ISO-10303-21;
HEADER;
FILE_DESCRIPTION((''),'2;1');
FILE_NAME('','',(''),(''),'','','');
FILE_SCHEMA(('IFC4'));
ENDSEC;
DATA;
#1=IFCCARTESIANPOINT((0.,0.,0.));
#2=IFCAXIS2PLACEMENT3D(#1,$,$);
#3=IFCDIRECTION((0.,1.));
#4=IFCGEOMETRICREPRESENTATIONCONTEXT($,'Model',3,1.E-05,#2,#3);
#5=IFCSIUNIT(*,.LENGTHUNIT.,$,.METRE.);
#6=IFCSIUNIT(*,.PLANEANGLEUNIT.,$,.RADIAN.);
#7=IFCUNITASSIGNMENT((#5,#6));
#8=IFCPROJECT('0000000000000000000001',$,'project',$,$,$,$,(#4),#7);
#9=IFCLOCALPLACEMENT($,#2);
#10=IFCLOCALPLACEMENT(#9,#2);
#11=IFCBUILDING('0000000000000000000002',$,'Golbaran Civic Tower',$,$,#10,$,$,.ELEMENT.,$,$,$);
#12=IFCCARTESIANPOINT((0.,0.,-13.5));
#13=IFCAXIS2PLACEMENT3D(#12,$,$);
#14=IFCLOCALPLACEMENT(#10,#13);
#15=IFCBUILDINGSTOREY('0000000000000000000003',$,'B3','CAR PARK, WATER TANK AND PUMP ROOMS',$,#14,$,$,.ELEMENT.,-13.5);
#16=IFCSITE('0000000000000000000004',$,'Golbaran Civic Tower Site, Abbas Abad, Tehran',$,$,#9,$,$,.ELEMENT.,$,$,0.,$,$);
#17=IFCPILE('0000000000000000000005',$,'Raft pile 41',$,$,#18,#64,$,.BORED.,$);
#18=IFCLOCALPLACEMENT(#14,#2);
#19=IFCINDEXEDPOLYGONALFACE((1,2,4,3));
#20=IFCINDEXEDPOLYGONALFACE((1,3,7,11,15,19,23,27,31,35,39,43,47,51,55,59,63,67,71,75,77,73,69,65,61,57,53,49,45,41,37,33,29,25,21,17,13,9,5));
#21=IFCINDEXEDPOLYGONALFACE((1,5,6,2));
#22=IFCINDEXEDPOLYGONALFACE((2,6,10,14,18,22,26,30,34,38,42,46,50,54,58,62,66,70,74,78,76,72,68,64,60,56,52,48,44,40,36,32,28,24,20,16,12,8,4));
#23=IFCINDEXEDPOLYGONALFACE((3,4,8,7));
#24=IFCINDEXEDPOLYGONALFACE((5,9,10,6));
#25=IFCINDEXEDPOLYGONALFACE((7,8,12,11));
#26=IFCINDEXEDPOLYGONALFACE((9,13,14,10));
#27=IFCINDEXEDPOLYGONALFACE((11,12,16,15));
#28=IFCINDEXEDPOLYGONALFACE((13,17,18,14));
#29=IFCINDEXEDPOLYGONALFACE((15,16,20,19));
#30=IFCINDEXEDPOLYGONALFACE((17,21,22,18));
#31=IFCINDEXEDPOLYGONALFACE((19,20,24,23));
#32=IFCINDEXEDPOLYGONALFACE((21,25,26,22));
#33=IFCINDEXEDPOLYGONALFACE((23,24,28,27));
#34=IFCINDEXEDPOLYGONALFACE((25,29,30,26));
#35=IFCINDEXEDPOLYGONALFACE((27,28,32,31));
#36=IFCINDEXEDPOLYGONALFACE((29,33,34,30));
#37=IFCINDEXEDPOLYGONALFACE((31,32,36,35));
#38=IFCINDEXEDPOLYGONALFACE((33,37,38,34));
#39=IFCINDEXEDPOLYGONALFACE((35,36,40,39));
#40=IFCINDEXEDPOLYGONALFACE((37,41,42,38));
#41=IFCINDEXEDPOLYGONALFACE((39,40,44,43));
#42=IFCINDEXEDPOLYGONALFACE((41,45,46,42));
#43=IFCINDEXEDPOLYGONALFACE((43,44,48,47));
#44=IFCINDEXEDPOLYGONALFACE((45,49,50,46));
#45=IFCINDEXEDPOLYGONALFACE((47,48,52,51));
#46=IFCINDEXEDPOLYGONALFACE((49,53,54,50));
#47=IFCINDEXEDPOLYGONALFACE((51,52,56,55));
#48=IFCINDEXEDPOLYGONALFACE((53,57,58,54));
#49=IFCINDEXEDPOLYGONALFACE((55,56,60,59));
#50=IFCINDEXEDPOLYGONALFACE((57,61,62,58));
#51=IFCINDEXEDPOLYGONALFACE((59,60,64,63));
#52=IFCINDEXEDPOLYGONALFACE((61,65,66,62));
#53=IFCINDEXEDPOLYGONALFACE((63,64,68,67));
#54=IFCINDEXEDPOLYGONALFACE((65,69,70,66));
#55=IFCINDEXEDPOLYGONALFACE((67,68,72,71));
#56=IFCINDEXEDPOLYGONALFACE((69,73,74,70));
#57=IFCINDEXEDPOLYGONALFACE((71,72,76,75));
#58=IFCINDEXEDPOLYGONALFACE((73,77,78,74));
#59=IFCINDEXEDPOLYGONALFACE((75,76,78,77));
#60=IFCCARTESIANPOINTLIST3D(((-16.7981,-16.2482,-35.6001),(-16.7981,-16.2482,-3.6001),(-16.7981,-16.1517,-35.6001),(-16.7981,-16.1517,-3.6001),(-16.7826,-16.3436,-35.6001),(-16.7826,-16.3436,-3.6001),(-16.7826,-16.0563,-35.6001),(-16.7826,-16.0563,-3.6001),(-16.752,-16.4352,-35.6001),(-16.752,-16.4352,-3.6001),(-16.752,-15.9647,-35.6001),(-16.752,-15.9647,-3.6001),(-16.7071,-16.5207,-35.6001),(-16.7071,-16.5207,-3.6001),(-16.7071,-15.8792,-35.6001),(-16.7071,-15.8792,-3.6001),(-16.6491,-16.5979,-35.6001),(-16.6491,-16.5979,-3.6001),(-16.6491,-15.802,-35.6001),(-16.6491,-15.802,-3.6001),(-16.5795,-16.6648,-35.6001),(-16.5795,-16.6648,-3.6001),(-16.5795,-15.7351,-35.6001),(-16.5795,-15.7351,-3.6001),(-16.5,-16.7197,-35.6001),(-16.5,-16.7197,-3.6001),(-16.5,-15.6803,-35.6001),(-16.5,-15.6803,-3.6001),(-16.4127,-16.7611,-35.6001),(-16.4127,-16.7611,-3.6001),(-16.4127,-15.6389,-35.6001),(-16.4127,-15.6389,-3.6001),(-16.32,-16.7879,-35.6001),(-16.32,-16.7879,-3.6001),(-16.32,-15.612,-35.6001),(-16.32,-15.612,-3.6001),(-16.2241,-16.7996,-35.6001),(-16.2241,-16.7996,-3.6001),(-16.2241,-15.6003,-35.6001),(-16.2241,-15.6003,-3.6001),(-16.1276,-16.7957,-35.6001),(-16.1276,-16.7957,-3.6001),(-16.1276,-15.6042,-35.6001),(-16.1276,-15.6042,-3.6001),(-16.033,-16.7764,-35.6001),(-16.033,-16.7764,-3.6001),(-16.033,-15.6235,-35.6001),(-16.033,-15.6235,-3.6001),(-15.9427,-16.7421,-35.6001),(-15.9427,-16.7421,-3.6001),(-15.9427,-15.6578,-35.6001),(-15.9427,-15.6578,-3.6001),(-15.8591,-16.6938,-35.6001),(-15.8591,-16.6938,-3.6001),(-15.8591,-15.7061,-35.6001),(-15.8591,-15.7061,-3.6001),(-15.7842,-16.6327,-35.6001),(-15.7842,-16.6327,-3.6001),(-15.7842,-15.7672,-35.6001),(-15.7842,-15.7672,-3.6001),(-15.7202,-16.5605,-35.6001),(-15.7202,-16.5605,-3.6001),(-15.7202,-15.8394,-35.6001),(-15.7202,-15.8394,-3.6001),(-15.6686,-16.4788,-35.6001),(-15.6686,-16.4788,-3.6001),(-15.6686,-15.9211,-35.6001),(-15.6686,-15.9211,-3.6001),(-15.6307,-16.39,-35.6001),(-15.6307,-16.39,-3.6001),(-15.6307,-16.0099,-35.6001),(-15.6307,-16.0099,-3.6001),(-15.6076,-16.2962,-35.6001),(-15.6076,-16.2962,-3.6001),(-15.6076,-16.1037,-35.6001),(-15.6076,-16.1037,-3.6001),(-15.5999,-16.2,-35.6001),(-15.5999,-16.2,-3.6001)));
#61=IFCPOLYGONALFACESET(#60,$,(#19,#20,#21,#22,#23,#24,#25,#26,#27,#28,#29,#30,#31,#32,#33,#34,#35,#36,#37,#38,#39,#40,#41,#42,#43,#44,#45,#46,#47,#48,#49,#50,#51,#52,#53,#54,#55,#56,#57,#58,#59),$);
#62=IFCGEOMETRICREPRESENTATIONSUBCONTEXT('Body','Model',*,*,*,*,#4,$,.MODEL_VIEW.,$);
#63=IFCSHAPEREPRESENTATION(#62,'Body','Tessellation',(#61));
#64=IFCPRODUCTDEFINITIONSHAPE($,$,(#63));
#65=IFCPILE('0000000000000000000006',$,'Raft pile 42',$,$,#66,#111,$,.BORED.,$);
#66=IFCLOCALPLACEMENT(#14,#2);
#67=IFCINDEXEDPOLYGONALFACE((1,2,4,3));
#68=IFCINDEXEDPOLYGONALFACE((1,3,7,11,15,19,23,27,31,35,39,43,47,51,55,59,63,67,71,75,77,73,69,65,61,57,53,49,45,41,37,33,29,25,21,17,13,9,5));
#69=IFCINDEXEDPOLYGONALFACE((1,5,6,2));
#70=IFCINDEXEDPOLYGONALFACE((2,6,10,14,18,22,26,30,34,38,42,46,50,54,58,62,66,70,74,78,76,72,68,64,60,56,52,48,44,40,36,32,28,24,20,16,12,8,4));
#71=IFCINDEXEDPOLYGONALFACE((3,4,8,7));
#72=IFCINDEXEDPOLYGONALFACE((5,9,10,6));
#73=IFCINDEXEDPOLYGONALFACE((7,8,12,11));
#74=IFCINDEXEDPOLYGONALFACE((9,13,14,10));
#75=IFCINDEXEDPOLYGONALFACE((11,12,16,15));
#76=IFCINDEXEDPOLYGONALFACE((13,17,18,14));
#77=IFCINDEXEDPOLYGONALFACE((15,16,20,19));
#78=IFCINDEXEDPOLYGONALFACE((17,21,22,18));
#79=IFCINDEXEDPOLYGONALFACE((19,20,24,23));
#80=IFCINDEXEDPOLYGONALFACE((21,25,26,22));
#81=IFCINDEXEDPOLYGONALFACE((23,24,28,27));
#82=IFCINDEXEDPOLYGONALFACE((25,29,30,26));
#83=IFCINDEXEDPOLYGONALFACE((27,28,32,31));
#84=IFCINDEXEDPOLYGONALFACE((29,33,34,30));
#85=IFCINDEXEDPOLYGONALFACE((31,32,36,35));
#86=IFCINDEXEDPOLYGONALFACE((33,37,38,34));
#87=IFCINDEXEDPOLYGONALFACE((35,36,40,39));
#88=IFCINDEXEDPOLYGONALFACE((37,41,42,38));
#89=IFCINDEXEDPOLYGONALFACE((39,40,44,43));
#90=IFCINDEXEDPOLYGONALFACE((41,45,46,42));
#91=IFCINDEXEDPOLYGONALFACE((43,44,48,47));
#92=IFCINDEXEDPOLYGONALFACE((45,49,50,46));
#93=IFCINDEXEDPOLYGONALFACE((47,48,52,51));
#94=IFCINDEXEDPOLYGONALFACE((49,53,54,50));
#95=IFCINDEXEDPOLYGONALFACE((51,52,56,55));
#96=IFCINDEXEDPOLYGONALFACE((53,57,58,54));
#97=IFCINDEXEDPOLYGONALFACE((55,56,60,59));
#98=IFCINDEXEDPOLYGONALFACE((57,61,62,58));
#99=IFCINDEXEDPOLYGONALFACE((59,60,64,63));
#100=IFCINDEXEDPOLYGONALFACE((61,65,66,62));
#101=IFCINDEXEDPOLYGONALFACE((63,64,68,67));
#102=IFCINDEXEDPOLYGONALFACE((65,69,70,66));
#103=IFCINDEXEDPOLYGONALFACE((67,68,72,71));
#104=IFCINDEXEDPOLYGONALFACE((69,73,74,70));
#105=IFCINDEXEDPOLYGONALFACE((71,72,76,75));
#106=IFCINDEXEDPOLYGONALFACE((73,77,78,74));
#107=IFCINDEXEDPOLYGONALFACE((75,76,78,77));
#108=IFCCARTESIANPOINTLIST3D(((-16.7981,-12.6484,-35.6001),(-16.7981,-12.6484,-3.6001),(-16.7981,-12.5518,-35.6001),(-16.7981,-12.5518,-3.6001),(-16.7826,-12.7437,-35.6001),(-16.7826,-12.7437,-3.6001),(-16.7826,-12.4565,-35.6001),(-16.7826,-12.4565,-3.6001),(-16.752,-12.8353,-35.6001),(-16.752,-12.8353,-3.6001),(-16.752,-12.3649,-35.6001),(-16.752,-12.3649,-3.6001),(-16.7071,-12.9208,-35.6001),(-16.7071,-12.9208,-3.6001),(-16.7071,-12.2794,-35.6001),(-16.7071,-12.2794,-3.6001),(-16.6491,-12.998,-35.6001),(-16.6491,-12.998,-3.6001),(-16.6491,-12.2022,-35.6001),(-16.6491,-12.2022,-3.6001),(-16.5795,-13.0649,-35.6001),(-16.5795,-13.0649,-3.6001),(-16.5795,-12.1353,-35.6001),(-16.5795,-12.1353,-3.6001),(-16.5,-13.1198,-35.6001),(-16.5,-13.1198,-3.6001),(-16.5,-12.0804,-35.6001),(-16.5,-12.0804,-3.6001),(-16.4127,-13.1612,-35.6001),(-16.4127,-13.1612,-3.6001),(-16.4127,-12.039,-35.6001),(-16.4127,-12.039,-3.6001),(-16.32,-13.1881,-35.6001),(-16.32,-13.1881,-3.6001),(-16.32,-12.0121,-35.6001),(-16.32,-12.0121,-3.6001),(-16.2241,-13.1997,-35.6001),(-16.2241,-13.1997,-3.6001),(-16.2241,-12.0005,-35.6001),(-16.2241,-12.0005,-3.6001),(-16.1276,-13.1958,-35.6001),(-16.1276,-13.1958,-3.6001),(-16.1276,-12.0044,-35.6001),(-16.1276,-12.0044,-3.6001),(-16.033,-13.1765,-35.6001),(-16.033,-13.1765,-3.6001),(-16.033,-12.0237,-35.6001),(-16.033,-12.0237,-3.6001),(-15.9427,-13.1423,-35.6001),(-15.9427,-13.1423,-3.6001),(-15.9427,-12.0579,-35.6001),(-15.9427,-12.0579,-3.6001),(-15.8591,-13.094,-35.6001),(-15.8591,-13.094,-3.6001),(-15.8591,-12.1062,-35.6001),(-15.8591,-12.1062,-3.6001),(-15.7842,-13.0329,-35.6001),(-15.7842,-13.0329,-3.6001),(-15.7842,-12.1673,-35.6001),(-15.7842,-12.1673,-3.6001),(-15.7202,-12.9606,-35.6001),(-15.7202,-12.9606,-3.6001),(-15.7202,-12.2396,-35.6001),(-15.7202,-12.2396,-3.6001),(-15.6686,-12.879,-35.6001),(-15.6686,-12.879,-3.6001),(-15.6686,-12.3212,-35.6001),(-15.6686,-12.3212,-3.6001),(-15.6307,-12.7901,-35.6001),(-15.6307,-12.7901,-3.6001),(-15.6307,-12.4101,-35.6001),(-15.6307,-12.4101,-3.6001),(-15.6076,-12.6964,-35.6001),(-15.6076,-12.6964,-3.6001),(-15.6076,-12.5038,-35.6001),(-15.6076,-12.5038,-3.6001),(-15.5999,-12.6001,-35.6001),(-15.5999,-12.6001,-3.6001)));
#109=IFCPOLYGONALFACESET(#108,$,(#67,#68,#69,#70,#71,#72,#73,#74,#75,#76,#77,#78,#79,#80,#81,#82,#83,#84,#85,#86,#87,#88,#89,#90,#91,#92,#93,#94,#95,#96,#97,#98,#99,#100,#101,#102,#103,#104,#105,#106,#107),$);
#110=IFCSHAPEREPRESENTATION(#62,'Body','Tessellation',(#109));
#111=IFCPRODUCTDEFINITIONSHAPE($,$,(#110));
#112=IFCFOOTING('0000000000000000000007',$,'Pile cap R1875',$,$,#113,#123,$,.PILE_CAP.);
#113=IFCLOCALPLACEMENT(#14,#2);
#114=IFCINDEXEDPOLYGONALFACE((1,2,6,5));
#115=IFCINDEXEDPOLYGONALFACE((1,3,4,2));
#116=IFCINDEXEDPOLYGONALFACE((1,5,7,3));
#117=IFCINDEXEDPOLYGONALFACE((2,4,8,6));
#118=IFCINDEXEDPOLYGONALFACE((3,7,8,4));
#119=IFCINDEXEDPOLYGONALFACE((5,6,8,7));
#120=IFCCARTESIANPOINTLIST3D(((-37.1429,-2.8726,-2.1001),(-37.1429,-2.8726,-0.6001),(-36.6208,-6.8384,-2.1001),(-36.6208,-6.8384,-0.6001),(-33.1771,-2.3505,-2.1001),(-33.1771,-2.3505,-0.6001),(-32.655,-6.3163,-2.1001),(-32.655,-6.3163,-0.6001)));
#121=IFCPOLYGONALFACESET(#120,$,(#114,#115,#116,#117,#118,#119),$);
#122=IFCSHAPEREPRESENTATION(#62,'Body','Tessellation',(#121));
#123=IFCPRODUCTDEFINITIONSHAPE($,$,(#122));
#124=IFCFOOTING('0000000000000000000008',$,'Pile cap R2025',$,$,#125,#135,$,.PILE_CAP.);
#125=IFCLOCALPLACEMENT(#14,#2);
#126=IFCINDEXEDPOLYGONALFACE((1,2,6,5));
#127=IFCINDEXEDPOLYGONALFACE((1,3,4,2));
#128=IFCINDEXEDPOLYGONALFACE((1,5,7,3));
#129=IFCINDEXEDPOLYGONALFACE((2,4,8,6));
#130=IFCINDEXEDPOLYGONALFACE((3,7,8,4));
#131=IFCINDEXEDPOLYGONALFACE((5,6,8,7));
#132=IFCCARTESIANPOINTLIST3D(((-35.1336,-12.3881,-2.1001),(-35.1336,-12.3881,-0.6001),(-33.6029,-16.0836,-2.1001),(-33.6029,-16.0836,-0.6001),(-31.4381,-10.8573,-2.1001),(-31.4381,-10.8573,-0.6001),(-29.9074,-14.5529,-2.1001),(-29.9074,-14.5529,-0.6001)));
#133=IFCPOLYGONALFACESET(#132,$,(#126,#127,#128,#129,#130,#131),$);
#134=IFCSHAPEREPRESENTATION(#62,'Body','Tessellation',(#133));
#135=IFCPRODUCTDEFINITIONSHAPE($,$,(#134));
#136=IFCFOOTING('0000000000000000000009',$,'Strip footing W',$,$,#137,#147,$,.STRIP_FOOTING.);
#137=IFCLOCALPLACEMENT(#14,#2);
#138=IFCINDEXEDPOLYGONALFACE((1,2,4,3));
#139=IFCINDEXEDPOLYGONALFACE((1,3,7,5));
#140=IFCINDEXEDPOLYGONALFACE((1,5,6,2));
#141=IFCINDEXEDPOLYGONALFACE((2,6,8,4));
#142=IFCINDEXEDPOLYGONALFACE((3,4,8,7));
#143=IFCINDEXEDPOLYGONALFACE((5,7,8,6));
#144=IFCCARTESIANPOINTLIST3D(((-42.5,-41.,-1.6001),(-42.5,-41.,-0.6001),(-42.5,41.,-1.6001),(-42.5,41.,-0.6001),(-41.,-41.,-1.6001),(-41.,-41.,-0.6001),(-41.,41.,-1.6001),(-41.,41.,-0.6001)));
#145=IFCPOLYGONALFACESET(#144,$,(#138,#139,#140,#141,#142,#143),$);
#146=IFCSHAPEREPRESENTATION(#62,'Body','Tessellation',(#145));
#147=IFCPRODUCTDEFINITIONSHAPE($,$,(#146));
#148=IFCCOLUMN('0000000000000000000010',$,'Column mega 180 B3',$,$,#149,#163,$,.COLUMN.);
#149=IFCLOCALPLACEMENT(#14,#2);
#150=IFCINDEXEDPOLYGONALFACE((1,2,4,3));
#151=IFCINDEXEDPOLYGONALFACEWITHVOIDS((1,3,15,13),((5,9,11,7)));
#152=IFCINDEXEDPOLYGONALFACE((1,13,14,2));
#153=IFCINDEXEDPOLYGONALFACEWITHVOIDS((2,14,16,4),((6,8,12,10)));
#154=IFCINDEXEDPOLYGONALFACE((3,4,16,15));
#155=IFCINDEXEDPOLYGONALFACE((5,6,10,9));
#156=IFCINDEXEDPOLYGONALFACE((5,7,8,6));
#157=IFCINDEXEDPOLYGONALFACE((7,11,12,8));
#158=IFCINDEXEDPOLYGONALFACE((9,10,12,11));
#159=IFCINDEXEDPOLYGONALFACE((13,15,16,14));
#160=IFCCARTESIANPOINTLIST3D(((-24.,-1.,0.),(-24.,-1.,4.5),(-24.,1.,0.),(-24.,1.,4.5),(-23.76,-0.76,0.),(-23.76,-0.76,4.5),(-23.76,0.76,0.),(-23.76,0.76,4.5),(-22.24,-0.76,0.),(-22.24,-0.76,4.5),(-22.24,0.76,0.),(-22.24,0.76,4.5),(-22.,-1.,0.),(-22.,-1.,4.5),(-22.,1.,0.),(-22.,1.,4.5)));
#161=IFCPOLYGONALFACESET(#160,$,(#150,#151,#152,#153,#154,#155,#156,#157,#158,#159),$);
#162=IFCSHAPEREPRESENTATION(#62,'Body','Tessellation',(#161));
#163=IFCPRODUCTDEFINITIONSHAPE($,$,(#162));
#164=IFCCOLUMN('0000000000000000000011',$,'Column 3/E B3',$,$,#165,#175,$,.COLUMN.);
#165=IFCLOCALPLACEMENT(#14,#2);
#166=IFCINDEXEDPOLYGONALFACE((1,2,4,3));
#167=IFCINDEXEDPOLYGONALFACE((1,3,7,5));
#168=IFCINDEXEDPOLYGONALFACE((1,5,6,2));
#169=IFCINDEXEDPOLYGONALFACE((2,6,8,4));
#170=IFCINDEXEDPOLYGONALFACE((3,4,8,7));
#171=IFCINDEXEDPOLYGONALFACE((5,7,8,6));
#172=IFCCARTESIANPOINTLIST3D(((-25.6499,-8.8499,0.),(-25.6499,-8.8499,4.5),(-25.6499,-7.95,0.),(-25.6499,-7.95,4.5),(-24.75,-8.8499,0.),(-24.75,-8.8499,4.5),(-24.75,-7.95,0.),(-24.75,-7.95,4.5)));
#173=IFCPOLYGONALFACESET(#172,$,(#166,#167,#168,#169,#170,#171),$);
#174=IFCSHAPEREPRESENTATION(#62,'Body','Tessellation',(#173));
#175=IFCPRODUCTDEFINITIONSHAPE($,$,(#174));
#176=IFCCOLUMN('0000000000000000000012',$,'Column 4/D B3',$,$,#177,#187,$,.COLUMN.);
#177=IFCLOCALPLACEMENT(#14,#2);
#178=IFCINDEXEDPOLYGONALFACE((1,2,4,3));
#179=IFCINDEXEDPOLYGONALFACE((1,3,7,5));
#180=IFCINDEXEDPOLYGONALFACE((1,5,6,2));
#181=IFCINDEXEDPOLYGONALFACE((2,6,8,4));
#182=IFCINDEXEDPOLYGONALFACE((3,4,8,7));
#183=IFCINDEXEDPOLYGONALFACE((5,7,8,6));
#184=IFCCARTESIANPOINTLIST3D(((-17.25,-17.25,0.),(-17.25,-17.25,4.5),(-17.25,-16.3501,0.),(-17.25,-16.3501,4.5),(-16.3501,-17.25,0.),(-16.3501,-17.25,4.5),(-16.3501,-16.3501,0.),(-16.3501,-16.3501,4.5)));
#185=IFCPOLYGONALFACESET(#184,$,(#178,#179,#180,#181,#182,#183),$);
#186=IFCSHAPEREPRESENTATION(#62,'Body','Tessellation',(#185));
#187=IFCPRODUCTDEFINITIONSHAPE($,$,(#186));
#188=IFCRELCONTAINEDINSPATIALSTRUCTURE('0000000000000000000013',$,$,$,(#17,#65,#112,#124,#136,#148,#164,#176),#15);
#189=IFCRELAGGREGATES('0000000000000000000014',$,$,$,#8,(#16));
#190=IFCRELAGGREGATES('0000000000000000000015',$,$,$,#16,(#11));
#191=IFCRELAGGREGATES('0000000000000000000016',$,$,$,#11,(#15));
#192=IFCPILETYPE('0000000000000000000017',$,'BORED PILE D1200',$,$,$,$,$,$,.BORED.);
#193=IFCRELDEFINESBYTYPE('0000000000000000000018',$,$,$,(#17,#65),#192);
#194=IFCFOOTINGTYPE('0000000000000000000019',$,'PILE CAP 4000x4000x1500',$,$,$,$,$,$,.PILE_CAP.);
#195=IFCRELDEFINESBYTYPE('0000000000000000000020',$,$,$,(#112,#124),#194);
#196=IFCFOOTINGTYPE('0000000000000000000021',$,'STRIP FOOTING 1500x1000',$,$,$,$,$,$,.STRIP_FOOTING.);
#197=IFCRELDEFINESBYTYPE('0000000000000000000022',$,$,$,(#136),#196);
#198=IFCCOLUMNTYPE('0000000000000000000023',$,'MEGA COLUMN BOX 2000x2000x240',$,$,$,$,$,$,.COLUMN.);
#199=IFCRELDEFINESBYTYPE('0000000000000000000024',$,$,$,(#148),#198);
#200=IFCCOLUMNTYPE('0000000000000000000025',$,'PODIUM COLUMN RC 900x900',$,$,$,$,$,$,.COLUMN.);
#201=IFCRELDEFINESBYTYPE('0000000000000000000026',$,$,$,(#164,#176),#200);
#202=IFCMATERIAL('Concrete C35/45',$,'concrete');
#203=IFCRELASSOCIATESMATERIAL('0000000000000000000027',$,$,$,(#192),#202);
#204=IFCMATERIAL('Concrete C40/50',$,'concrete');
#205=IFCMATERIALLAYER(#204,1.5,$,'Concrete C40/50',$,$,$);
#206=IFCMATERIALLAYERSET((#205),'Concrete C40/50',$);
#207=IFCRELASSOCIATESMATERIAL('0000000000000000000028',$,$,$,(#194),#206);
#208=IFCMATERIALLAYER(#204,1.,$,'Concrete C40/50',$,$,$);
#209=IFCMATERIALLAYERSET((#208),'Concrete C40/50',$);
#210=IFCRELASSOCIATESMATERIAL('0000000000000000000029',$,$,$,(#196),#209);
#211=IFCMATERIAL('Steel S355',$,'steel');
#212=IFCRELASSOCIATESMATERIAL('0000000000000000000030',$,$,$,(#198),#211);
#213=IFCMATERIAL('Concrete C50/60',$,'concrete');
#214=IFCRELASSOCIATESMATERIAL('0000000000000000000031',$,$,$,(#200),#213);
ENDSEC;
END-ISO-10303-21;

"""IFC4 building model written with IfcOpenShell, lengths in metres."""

from ifc_helpers import new_model, si_unit, direction, frame, origin, origin_2d, place, context, subcontext, project, spatial, rectangle, hollow_rectangle, circle, extrude, material, layer, layer_set, material_profile, profile_set, type_object, element, save


model = new_model("IFC4")

# Units and contexts
model_context = context("Model", 3, precision=1e-05, world=origin(), true_north=direction((0.0, 1.0)))
body_context = subcontext(model_context, "Body", "Model", "MODEL_VIEW")
ifc_project = project(units=[si_unit("LENGTHUNIT", "METRE"), si_unit("PLANEANGLEUNIT", "RADIAN")], contexts=[model_context])

# Site, building, storey
site_placement = place(None, origin())
site = spatial("IfcSite", under=ifc_project, at=site_placement, Name="Golbaran Civic Tower Site, Abbas Abad, Tehran", CompositionType="ELEMENT", RefElevation=0.0)
building_placement = place(site_placement, origin())
building = spatial("IfcBuilding", under=site, at=building_placement, Name="Golbaran Civic Tower", CompositionType="ELEMENT")
storey_placement = place(building_placement, frame((0.0, 0.0, -13.5)))
storey = spatial("IfcBuildingStorey", under=building, at=storey_placement, Name="B3", Description="CAR PARK, WATER TANK AND PUMP ROOMS", CompositionType="ELEMENT", Elevation=-13.5)

# Piles
ifc_material_1 = material(Name="Concrete C35/45", Category="concrete")
ifc_material_profile_1 = material_profile(ifc_material_1, circle(Radius=0.6001, at=origin_2d()), Name="BORED PILE D1200")
ifc_profile_set_1 = profile_set([ifc_material_profile_1], Name="Concrete C35/45")
pile_type_1 = type_object("IfcPileType", Name="BORED PILE D1200", PredefinedType="BORED", material=ifc_profile_set_1)
for number, where, z_axis, x_axis, name in (
    (1, (-16.2, -16.2, -3.6001), (0.0, 0.0, -1.0), (1.0, 0.0, 0.0), "Raft pile 41"),
    (2, (-16.2, -12.6001, -3.6001), (0.0, 0.0, -1.0), (1.0, 0.0, 0.0), "Raft pile 42"),
):
    element("IfcPile", number, at=place(storey_placement, frame(where, z_axis=z_axis, x_axis=x_axis)), inside=storey, type_object=pile_type_1, Name=name, PredefinedType="BORED", context=body_context, shape_type="SweptSolid", body=[
        extrude(circle(Radius=0.6001, at=origin_2d()), origin(), (0.0, 0.0, 1.0), 32.0),
    ])

# Footings
ifc_material_2 = material(Name="Concrete C40/50", Category="concrete")
ifc_layer_1 = layer(ifc_material_2, 1.5, Name="Concrete C40/50")
ifc_layer_set_1 = layer_set([ifc_layer_1], Name="Concrete C40/50")
footing_type_1 = type_object("IfcFootingType", Name="PILE CAP 4000x4000x1500", PredefinedType="PILE_CAP", material=ifc_layer_set_1)
for number, where, z_axis, x_axis, name in (
    (3, (-34.8989, -4.5945, -2.1001), (0.0, 0.0, 1.0), (-0.991445, -0.130526, 0.0), "Pile cap R1875"),
    (4, (-32.5205, -13.4705, -2.1001), (0.0, 0.0, 1.0), (-0.92388, -0.382683, 0.0), "Pile cap R2025"),
):
    element("IfcFooting", number, at=place(storey_placement, frame(where, z_axis=z_axis, x_axis=x_axis)), inside=storey, type_object=footing_type_1, Name=name, PredefinedType="PILE_CAP", context=body_context, shape_type="SweptSolid", body=[
        extrude(rectangle(XDim=4.0, YDim=4.0, at=origin_2d()), origin(), (0.0, 0.0, 1.0), 1.5),
    ])
ifc_layer_2 = layer(ifc_material_2, 1.0, Name="Concrete C40/50")
ifc_layer_set_2 = layer_set([ifc_layer_2], Name="Concrete C40/50")
footing_type_2 = type_object("IfcFootingType", Name="STRIP FOOTING 1500x1000", PredefinedType="STRIP_FOOTING", material=ifc_layer_set_2)
footing_placement = place(storey_placement, frame((-41.75, 0.0, -1.6001), z_axis=(0.0, 0.0, 1.0), x_axis=(1.0, 0.0, 0.0)))
element("IfcFooting", 5, at=footing_placement, inside=storey, type_object=footing_type_2, Name="Strip footing W", PredefinedType="STRIP_FOOTING", context=body_context, shape_type="SweptSolid", body=[
    extrude(rectangle(XDim=1.5, YDim=82.0, at=origin_2d()), origin(), (0.0, 0.0, 1.0), 1.0),
])

# Columns
ifc_material_3 = material(Name="Steel S355", Category="steel")
ifc_material_profile_2 = material_profile(ifc_material_3, hollow_rectangle(XDim=2.0, YDim=2.0, WallThickness=0.24, at=origin_2d()), Name="BOX 2000x2000x240")
ifc_profile_set_2 = profile_set([ifc_material_profile_2], Name="Steel S355")
column_type_1 = type_object("IfcColumnType", Name="MEGA COLUMN BOX 2000x2000x240", PredefinedType="COLUMN", material=ifc_profile_set_2)
column_placement = place(storey_placement, frame((-23.0, 0.0, 0.0), z_axis=(0.0, 0.0, 1.0), x_axis=(-1.0, 0.0, 0.0)))
element("IfcColumn", 6, at=column_placement, inside=storey, type_object=column_type_1, Name="Column mega 180 B3", PredefinedType="COLUMN", context=body_context, shape_type="SweptSolid", body=[
    extrude(hollow_rectangle(XDim=2.0, YDim=2.0, WallThickness=0.24, at=origin_2d()), origin(), (0.0, 0.0, 1.0), 4.5),
])
ifc_material_4 = material(Name="Concrete C50/60", Category="concrete")
ifc_material_profile_3 = material_profile(ifc_material_4, rectangle(XDim=0.8999, YDim=0.8999, at=origin_2d()), Name="RC 900x900")
ifc_profile_set_3 = profile_set([ifc_material_profile_3], Name="Concrete C50/60")
column_type_2 = type_object("IfcColumnType", Name="PODIUM COLUMN RC 900x900", PredefinedType="COLUMN", material=ifc_profile_set_3)
for number, where, z_axis, x_axis, name in (
    (7, (-25.2, -8.3999, 0.0), (0.0, 0.0, 1.0), (1.0, 0.0, 0.0), "Column 3/E B3"),
    (8, (-16.8, -16.8, 0.0), (0.0, 0.0, 1.0), (1.0, 0.0, 0.0), "Column 4/D B3"),
):
    element("IfcColumn", number, at=place(storey_placement, frame(where, z_axis=z_axis, x_axis=x_axis)), inside=storey, type_object=column_type_2, Name=name, PredefinedType="COLUMN", context=body_context, shape_type="SweptSolid", body=[
        extrude(rectangle(XDim=0.8999, YDim=0.8999, at=origin_2d()), origin(), (0.0, 0.0, 1.0), 4.5),
    ])

save(model, "model.ifc")
